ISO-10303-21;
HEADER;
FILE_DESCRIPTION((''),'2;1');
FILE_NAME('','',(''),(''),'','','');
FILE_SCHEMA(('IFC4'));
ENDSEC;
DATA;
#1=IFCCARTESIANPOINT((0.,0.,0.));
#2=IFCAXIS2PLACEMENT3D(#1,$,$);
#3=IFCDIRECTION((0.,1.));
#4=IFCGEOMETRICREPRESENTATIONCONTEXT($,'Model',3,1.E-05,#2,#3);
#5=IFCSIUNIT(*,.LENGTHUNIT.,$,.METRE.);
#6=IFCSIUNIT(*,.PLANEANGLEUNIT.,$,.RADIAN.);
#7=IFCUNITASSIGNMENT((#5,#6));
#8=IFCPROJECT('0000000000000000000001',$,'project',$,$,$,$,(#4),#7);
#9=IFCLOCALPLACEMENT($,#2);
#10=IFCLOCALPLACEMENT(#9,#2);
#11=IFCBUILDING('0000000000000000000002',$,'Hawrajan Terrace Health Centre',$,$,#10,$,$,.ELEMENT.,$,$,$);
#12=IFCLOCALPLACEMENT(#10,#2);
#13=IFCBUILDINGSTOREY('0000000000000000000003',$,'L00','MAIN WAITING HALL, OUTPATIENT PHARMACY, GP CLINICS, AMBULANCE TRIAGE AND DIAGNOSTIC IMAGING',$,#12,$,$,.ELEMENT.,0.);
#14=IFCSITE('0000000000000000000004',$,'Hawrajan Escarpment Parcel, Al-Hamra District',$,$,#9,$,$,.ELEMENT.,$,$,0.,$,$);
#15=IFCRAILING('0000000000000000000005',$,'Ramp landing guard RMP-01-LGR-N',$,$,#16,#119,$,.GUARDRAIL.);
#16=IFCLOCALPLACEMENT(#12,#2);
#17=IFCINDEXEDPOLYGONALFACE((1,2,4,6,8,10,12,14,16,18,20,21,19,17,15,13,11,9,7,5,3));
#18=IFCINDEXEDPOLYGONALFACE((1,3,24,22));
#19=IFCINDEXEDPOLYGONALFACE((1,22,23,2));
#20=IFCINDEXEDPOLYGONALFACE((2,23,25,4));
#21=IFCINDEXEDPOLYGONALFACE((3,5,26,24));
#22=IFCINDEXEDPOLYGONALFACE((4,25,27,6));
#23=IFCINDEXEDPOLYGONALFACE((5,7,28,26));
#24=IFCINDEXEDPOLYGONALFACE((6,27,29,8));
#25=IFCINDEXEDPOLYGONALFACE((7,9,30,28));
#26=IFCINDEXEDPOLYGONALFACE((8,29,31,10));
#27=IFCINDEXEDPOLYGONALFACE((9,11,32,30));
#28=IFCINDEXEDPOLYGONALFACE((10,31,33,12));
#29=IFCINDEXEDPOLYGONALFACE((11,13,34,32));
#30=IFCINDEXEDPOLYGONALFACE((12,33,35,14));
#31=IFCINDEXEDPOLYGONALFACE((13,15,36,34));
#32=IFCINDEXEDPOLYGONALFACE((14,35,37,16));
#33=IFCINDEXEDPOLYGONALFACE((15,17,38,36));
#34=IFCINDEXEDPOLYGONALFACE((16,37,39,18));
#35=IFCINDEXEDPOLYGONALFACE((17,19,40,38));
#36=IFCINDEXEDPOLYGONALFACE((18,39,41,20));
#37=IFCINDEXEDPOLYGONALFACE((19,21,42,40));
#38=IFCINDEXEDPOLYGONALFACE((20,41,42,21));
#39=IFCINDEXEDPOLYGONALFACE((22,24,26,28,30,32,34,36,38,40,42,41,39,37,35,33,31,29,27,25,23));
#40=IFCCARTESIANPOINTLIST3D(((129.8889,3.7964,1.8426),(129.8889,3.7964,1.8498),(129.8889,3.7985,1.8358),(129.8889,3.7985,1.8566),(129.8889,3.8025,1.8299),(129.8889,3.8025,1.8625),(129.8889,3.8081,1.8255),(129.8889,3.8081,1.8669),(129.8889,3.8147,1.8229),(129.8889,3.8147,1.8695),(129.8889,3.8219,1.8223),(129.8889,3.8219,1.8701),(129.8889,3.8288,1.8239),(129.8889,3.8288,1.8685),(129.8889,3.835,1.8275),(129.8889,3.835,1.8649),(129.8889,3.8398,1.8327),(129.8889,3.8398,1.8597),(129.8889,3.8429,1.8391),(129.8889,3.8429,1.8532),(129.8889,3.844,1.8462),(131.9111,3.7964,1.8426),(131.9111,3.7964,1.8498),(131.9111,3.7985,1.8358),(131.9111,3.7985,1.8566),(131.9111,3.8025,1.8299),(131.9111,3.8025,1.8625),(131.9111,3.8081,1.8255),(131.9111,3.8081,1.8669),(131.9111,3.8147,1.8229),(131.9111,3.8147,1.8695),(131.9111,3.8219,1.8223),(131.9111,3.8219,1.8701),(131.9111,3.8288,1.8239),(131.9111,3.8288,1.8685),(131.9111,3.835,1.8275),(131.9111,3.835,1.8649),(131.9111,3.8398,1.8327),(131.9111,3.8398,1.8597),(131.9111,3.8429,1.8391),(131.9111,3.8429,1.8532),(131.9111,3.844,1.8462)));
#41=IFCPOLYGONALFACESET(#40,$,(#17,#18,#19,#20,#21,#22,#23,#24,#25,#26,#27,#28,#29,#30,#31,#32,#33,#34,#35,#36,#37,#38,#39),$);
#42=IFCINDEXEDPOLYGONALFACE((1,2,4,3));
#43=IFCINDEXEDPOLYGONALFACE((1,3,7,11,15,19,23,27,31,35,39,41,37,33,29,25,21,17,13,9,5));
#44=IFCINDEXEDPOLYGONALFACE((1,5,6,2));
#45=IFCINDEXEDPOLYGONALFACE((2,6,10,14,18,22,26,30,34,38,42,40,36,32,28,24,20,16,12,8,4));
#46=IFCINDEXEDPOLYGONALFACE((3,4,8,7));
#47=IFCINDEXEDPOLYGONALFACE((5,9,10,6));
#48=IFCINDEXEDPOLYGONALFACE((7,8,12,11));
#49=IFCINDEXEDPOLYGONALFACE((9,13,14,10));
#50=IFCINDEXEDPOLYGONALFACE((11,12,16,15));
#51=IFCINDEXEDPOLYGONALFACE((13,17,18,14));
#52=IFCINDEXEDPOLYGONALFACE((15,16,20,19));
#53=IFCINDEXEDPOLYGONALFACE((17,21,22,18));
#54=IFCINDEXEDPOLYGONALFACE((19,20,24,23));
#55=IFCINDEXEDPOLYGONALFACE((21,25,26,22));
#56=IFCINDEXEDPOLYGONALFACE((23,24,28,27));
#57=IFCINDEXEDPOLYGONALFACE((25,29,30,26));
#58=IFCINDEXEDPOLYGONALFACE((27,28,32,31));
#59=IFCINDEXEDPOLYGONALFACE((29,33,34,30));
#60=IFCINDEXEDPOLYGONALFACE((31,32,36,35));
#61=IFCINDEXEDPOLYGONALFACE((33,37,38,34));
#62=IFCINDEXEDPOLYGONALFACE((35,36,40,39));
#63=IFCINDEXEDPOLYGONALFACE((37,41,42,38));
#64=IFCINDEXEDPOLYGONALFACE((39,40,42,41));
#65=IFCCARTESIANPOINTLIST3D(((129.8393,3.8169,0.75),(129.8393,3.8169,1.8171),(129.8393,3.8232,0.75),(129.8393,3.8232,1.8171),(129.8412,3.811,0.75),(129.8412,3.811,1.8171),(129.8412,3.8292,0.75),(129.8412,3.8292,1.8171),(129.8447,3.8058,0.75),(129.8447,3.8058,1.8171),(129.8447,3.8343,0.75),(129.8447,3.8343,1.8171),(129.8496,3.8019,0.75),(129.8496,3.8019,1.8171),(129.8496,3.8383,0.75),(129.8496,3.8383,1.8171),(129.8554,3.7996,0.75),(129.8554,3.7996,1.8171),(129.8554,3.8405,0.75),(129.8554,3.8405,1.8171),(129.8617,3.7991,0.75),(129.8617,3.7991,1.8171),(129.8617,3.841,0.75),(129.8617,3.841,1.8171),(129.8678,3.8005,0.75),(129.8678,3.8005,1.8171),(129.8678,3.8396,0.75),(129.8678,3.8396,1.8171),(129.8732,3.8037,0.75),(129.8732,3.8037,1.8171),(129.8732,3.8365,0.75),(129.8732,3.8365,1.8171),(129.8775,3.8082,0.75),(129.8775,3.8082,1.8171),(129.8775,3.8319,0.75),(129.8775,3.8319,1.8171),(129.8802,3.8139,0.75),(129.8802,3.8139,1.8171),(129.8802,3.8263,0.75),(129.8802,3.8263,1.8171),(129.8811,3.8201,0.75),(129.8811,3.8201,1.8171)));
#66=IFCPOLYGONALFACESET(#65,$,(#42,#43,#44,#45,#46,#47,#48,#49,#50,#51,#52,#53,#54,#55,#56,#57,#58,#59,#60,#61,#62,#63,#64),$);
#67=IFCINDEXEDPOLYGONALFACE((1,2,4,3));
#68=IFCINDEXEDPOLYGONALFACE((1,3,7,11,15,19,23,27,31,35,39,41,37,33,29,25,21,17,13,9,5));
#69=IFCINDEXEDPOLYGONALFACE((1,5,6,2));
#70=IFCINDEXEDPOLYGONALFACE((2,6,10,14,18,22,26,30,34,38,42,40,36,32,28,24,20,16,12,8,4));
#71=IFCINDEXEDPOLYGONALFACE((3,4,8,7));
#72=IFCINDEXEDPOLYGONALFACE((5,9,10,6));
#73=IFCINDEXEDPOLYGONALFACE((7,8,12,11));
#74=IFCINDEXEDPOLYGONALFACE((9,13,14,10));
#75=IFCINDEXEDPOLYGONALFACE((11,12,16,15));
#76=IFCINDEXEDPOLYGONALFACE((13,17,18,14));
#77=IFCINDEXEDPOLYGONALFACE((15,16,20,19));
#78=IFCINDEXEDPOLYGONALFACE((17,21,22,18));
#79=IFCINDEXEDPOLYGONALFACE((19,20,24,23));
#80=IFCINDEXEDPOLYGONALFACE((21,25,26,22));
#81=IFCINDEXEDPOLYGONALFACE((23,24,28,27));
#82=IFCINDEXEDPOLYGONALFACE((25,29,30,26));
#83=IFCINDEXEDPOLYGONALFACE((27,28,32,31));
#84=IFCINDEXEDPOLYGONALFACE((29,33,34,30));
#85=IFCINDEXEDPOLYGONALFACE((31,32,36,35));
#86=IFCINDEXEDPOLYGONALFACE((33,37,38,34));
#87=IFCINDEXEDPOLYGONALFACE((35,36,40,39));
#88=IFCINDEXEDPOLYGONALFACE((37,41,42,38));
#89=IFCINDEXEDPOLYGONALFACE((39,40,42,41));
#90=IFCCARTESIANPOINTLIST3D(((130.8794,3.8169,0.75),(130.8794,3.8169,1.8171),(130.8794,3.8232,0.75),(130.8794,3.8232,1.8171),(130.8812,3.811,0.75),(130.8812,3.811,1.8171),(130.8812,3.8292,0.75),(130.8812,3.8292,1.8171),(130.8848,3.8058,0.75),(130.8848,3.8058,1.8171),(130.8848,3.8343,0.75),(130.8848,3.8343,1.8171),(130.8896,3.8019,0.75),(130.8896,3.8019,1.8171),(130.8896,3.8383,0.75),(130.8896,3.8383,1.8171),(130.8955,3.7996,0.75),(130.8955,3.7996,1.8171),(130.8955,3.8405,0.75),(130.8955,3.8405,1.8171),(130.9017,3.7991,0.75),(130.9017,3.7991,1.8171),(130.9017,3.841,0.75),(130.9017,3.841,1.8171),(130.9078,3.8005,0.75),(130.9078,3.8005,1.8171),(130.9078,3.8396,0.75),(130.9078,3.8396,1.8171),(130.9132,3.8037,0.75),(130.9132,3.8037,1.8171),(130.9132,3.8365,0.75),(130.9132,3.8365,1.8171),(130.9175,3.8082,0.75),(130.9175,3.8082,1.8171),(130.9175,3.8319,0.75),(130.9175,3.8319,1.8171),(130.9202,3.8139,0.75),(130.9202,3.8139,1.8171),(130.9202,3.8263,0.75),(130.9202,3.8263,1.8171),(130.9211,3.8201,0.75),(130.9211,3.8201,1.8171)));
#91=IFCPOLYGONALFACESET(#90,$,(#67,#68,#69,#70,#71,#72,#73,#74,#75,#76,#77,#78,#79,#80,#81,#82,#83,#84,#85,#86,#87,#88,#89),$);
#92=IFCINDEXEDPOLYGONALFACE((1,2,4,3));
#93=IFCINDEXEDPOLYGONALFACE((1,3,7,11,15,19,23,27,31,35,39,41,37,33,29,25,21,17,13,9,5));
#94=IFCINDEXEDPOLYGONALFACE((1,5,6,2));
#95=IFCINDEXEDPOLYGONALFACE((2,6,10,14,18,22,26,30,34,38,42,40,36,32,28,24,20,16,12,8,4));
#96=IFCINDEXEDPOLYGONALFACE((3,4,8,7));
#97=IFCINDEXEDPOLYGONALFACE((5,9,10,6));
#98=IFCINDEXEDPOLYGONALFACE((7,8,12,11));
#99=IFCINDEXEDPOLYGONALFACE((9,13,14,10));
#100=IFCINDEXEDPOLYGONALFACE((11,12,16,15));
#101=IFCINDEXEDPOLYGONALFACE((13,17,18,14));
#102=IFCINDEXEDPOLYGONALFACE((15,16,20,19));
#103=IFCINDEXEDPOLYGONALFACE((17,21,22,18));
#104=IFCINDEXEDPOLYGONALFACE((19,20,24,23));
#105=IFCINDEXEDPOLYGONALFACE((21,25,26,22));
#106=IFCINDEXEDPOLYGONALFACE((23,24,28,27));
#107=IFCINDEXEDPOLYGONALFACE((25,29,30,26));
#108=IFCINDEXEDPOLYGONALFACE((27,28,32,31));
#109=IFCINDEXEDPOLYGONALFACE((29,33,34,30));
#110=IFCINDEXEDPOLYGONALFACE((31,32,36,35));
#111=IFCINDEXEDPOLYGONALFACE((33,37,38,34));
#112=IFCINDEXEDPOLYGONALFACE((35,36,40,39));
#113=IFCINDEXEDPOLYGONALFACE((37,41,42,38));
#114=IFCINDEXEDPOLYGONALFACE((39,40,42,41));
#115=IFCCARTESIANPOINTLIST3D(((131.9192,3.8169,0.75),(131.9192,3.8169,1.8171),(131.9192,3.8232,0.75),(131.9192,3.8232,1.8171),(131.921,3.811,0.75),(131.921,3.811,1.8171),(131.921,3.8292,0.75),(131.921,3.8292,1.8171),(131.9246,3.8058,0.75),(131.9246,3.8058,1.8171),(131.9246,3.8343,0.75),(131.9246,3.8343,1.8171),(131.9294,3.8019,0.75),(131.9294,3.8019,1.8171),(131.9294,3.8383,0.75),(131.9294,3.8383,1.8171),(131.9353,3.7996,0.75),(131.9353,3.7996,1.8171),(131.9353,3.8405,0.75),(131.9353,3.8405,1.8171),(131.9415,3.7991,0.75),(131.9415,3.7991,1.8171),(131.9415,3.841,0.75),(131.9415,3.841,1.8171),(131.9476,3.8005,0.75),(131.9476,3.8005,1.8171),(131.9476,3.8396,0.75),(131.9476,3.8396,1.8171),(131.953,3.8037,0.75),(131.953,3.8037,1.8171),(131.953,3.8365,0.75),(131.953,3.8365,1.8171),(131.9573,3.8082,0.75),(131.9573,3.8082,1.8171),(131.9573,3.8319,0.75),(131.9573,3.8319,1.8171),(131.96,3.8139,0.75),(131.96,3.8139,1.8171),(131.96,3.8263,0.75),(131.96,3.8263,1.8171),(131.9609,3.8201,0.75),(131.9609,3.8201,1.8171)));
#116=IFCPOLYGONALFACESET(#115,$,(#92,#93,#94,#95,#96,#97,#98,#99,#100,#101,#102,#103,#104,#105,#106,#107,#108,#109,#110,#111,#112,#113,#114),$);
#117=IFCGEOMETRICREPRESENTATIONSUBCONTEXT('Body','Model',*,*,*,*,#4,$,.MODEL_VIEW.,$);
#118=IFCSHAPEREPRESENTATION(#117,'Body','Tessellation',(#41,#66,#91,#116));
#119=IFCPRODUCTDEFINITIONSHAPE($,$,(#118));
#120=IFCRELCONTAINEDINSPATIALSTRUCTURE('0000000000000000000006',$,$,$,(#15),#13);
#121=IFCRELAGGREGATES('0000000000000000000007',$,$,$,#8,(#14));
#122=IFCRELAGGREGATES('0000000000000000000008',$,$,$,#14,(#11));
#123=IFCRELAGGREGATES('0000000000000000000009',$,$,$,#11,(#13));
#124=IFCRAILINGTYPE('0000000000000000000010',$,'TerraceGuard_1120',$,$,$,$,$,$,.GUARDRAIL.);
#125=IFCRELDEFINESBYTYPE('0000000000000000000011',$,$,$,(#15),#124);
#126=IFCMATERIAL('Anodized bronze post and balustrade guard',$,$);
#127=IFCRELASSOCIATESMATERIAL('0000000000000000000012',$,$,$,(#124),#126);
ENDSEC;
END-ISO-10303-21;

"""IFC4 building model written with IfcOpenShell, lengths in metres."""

from ifc_helpers import new_model, si_unit, direction, frame, origin, origin_2d, place, context, subcontext, project, spatial, circle, extrude, material, type_object, element, save


model = new_model("IFC4")

# Units and contexts
model_context = context("Model", 3, precision=1e-05, world=origin(), true_north=direction((0.0, 1.0)))
body_context = subcontext(model_context, "Body", "Model", "MODEL_VIEW")
ifc_project = project(units=[si_unit("LENGTHUNIT", "METRE"), si_unit("PLANEANGLEUNIT", "RADIAN")], contexts=[model_context])

# Site, building, storey
site_placement = place(None, origin())
site = spatial("IfcSite", under=ifc_project, at=site_placement, Name="Hawrajan Escarpment Parcel, Al-Hamra District", CompositionType="ELEMENT", RefElevation=0.0)
building_placement = place(site_placement, origin())
building = spatial("IfcBuilding", under=site, at=building_placement, Name="Hawrajan Terrace Health Centre", CompositionType="ELEMENT")
storey_placement = place(building_placement, origin())
storey = spatial("IfcBuildingStorey", under=building, at=storey_placement, Name="L00", Description="MAIN WAITING HALL, OUTPATIENT PHARMACY, GP CLINICS, AMBULANCE TRIAGE AND DIAGNOSTIC IMAGING", CompositionType="ELEMENT", Elevation=0.0)

# Railing
ifc_material_1 = material(Name="Anodized bronze post and balustrade guard")
railing_type_1 = type_object("IfcRailingType", Name="TerraceGuard_1120", PredefinedType="GUARDRAIL", material=ifc_material_1)
for number, where, name in (
    (1, (129.8601, 3.8201, 0.75), "Ramp landing guard RMP-01-LGR-N"),
):
    element("IfcRailing", number, at=place(storey_placement, frame(where)), inside=storey, type_object=railing_type_1, Name=name, PredefinedType="GUARDRAIL", context=body_context, shape_type="SweptSolid", body=[
        extrude(circle(Radius=0.0239, at=origin_2d()), frame((0.0288, 0.0, 1.0962), z_axis=(1.0, 0.0, 0.0), x_axis=(0.0, 1.0, 0.0)), (0.0, 0.0, 1.0), 2.0222),
        extrude(circle(Radius=0.021, at=origin_2d()), origin(), (0.0, 0.0, 1.0), 1.0671),
        extrude(circle(Radius=0.021, at=origin_2d()), frame((1.04, 0.0, 0.0)), (0.0, 0.0, 1.0), 1.0671),
        extrude(circle(Radius=0.021, at=origin_2d()), frame((2.0798, 0.0, 0.0)), (0.0, 0.0, 1.0), 1.0671),
    ])

save(model, "model.ifc")
